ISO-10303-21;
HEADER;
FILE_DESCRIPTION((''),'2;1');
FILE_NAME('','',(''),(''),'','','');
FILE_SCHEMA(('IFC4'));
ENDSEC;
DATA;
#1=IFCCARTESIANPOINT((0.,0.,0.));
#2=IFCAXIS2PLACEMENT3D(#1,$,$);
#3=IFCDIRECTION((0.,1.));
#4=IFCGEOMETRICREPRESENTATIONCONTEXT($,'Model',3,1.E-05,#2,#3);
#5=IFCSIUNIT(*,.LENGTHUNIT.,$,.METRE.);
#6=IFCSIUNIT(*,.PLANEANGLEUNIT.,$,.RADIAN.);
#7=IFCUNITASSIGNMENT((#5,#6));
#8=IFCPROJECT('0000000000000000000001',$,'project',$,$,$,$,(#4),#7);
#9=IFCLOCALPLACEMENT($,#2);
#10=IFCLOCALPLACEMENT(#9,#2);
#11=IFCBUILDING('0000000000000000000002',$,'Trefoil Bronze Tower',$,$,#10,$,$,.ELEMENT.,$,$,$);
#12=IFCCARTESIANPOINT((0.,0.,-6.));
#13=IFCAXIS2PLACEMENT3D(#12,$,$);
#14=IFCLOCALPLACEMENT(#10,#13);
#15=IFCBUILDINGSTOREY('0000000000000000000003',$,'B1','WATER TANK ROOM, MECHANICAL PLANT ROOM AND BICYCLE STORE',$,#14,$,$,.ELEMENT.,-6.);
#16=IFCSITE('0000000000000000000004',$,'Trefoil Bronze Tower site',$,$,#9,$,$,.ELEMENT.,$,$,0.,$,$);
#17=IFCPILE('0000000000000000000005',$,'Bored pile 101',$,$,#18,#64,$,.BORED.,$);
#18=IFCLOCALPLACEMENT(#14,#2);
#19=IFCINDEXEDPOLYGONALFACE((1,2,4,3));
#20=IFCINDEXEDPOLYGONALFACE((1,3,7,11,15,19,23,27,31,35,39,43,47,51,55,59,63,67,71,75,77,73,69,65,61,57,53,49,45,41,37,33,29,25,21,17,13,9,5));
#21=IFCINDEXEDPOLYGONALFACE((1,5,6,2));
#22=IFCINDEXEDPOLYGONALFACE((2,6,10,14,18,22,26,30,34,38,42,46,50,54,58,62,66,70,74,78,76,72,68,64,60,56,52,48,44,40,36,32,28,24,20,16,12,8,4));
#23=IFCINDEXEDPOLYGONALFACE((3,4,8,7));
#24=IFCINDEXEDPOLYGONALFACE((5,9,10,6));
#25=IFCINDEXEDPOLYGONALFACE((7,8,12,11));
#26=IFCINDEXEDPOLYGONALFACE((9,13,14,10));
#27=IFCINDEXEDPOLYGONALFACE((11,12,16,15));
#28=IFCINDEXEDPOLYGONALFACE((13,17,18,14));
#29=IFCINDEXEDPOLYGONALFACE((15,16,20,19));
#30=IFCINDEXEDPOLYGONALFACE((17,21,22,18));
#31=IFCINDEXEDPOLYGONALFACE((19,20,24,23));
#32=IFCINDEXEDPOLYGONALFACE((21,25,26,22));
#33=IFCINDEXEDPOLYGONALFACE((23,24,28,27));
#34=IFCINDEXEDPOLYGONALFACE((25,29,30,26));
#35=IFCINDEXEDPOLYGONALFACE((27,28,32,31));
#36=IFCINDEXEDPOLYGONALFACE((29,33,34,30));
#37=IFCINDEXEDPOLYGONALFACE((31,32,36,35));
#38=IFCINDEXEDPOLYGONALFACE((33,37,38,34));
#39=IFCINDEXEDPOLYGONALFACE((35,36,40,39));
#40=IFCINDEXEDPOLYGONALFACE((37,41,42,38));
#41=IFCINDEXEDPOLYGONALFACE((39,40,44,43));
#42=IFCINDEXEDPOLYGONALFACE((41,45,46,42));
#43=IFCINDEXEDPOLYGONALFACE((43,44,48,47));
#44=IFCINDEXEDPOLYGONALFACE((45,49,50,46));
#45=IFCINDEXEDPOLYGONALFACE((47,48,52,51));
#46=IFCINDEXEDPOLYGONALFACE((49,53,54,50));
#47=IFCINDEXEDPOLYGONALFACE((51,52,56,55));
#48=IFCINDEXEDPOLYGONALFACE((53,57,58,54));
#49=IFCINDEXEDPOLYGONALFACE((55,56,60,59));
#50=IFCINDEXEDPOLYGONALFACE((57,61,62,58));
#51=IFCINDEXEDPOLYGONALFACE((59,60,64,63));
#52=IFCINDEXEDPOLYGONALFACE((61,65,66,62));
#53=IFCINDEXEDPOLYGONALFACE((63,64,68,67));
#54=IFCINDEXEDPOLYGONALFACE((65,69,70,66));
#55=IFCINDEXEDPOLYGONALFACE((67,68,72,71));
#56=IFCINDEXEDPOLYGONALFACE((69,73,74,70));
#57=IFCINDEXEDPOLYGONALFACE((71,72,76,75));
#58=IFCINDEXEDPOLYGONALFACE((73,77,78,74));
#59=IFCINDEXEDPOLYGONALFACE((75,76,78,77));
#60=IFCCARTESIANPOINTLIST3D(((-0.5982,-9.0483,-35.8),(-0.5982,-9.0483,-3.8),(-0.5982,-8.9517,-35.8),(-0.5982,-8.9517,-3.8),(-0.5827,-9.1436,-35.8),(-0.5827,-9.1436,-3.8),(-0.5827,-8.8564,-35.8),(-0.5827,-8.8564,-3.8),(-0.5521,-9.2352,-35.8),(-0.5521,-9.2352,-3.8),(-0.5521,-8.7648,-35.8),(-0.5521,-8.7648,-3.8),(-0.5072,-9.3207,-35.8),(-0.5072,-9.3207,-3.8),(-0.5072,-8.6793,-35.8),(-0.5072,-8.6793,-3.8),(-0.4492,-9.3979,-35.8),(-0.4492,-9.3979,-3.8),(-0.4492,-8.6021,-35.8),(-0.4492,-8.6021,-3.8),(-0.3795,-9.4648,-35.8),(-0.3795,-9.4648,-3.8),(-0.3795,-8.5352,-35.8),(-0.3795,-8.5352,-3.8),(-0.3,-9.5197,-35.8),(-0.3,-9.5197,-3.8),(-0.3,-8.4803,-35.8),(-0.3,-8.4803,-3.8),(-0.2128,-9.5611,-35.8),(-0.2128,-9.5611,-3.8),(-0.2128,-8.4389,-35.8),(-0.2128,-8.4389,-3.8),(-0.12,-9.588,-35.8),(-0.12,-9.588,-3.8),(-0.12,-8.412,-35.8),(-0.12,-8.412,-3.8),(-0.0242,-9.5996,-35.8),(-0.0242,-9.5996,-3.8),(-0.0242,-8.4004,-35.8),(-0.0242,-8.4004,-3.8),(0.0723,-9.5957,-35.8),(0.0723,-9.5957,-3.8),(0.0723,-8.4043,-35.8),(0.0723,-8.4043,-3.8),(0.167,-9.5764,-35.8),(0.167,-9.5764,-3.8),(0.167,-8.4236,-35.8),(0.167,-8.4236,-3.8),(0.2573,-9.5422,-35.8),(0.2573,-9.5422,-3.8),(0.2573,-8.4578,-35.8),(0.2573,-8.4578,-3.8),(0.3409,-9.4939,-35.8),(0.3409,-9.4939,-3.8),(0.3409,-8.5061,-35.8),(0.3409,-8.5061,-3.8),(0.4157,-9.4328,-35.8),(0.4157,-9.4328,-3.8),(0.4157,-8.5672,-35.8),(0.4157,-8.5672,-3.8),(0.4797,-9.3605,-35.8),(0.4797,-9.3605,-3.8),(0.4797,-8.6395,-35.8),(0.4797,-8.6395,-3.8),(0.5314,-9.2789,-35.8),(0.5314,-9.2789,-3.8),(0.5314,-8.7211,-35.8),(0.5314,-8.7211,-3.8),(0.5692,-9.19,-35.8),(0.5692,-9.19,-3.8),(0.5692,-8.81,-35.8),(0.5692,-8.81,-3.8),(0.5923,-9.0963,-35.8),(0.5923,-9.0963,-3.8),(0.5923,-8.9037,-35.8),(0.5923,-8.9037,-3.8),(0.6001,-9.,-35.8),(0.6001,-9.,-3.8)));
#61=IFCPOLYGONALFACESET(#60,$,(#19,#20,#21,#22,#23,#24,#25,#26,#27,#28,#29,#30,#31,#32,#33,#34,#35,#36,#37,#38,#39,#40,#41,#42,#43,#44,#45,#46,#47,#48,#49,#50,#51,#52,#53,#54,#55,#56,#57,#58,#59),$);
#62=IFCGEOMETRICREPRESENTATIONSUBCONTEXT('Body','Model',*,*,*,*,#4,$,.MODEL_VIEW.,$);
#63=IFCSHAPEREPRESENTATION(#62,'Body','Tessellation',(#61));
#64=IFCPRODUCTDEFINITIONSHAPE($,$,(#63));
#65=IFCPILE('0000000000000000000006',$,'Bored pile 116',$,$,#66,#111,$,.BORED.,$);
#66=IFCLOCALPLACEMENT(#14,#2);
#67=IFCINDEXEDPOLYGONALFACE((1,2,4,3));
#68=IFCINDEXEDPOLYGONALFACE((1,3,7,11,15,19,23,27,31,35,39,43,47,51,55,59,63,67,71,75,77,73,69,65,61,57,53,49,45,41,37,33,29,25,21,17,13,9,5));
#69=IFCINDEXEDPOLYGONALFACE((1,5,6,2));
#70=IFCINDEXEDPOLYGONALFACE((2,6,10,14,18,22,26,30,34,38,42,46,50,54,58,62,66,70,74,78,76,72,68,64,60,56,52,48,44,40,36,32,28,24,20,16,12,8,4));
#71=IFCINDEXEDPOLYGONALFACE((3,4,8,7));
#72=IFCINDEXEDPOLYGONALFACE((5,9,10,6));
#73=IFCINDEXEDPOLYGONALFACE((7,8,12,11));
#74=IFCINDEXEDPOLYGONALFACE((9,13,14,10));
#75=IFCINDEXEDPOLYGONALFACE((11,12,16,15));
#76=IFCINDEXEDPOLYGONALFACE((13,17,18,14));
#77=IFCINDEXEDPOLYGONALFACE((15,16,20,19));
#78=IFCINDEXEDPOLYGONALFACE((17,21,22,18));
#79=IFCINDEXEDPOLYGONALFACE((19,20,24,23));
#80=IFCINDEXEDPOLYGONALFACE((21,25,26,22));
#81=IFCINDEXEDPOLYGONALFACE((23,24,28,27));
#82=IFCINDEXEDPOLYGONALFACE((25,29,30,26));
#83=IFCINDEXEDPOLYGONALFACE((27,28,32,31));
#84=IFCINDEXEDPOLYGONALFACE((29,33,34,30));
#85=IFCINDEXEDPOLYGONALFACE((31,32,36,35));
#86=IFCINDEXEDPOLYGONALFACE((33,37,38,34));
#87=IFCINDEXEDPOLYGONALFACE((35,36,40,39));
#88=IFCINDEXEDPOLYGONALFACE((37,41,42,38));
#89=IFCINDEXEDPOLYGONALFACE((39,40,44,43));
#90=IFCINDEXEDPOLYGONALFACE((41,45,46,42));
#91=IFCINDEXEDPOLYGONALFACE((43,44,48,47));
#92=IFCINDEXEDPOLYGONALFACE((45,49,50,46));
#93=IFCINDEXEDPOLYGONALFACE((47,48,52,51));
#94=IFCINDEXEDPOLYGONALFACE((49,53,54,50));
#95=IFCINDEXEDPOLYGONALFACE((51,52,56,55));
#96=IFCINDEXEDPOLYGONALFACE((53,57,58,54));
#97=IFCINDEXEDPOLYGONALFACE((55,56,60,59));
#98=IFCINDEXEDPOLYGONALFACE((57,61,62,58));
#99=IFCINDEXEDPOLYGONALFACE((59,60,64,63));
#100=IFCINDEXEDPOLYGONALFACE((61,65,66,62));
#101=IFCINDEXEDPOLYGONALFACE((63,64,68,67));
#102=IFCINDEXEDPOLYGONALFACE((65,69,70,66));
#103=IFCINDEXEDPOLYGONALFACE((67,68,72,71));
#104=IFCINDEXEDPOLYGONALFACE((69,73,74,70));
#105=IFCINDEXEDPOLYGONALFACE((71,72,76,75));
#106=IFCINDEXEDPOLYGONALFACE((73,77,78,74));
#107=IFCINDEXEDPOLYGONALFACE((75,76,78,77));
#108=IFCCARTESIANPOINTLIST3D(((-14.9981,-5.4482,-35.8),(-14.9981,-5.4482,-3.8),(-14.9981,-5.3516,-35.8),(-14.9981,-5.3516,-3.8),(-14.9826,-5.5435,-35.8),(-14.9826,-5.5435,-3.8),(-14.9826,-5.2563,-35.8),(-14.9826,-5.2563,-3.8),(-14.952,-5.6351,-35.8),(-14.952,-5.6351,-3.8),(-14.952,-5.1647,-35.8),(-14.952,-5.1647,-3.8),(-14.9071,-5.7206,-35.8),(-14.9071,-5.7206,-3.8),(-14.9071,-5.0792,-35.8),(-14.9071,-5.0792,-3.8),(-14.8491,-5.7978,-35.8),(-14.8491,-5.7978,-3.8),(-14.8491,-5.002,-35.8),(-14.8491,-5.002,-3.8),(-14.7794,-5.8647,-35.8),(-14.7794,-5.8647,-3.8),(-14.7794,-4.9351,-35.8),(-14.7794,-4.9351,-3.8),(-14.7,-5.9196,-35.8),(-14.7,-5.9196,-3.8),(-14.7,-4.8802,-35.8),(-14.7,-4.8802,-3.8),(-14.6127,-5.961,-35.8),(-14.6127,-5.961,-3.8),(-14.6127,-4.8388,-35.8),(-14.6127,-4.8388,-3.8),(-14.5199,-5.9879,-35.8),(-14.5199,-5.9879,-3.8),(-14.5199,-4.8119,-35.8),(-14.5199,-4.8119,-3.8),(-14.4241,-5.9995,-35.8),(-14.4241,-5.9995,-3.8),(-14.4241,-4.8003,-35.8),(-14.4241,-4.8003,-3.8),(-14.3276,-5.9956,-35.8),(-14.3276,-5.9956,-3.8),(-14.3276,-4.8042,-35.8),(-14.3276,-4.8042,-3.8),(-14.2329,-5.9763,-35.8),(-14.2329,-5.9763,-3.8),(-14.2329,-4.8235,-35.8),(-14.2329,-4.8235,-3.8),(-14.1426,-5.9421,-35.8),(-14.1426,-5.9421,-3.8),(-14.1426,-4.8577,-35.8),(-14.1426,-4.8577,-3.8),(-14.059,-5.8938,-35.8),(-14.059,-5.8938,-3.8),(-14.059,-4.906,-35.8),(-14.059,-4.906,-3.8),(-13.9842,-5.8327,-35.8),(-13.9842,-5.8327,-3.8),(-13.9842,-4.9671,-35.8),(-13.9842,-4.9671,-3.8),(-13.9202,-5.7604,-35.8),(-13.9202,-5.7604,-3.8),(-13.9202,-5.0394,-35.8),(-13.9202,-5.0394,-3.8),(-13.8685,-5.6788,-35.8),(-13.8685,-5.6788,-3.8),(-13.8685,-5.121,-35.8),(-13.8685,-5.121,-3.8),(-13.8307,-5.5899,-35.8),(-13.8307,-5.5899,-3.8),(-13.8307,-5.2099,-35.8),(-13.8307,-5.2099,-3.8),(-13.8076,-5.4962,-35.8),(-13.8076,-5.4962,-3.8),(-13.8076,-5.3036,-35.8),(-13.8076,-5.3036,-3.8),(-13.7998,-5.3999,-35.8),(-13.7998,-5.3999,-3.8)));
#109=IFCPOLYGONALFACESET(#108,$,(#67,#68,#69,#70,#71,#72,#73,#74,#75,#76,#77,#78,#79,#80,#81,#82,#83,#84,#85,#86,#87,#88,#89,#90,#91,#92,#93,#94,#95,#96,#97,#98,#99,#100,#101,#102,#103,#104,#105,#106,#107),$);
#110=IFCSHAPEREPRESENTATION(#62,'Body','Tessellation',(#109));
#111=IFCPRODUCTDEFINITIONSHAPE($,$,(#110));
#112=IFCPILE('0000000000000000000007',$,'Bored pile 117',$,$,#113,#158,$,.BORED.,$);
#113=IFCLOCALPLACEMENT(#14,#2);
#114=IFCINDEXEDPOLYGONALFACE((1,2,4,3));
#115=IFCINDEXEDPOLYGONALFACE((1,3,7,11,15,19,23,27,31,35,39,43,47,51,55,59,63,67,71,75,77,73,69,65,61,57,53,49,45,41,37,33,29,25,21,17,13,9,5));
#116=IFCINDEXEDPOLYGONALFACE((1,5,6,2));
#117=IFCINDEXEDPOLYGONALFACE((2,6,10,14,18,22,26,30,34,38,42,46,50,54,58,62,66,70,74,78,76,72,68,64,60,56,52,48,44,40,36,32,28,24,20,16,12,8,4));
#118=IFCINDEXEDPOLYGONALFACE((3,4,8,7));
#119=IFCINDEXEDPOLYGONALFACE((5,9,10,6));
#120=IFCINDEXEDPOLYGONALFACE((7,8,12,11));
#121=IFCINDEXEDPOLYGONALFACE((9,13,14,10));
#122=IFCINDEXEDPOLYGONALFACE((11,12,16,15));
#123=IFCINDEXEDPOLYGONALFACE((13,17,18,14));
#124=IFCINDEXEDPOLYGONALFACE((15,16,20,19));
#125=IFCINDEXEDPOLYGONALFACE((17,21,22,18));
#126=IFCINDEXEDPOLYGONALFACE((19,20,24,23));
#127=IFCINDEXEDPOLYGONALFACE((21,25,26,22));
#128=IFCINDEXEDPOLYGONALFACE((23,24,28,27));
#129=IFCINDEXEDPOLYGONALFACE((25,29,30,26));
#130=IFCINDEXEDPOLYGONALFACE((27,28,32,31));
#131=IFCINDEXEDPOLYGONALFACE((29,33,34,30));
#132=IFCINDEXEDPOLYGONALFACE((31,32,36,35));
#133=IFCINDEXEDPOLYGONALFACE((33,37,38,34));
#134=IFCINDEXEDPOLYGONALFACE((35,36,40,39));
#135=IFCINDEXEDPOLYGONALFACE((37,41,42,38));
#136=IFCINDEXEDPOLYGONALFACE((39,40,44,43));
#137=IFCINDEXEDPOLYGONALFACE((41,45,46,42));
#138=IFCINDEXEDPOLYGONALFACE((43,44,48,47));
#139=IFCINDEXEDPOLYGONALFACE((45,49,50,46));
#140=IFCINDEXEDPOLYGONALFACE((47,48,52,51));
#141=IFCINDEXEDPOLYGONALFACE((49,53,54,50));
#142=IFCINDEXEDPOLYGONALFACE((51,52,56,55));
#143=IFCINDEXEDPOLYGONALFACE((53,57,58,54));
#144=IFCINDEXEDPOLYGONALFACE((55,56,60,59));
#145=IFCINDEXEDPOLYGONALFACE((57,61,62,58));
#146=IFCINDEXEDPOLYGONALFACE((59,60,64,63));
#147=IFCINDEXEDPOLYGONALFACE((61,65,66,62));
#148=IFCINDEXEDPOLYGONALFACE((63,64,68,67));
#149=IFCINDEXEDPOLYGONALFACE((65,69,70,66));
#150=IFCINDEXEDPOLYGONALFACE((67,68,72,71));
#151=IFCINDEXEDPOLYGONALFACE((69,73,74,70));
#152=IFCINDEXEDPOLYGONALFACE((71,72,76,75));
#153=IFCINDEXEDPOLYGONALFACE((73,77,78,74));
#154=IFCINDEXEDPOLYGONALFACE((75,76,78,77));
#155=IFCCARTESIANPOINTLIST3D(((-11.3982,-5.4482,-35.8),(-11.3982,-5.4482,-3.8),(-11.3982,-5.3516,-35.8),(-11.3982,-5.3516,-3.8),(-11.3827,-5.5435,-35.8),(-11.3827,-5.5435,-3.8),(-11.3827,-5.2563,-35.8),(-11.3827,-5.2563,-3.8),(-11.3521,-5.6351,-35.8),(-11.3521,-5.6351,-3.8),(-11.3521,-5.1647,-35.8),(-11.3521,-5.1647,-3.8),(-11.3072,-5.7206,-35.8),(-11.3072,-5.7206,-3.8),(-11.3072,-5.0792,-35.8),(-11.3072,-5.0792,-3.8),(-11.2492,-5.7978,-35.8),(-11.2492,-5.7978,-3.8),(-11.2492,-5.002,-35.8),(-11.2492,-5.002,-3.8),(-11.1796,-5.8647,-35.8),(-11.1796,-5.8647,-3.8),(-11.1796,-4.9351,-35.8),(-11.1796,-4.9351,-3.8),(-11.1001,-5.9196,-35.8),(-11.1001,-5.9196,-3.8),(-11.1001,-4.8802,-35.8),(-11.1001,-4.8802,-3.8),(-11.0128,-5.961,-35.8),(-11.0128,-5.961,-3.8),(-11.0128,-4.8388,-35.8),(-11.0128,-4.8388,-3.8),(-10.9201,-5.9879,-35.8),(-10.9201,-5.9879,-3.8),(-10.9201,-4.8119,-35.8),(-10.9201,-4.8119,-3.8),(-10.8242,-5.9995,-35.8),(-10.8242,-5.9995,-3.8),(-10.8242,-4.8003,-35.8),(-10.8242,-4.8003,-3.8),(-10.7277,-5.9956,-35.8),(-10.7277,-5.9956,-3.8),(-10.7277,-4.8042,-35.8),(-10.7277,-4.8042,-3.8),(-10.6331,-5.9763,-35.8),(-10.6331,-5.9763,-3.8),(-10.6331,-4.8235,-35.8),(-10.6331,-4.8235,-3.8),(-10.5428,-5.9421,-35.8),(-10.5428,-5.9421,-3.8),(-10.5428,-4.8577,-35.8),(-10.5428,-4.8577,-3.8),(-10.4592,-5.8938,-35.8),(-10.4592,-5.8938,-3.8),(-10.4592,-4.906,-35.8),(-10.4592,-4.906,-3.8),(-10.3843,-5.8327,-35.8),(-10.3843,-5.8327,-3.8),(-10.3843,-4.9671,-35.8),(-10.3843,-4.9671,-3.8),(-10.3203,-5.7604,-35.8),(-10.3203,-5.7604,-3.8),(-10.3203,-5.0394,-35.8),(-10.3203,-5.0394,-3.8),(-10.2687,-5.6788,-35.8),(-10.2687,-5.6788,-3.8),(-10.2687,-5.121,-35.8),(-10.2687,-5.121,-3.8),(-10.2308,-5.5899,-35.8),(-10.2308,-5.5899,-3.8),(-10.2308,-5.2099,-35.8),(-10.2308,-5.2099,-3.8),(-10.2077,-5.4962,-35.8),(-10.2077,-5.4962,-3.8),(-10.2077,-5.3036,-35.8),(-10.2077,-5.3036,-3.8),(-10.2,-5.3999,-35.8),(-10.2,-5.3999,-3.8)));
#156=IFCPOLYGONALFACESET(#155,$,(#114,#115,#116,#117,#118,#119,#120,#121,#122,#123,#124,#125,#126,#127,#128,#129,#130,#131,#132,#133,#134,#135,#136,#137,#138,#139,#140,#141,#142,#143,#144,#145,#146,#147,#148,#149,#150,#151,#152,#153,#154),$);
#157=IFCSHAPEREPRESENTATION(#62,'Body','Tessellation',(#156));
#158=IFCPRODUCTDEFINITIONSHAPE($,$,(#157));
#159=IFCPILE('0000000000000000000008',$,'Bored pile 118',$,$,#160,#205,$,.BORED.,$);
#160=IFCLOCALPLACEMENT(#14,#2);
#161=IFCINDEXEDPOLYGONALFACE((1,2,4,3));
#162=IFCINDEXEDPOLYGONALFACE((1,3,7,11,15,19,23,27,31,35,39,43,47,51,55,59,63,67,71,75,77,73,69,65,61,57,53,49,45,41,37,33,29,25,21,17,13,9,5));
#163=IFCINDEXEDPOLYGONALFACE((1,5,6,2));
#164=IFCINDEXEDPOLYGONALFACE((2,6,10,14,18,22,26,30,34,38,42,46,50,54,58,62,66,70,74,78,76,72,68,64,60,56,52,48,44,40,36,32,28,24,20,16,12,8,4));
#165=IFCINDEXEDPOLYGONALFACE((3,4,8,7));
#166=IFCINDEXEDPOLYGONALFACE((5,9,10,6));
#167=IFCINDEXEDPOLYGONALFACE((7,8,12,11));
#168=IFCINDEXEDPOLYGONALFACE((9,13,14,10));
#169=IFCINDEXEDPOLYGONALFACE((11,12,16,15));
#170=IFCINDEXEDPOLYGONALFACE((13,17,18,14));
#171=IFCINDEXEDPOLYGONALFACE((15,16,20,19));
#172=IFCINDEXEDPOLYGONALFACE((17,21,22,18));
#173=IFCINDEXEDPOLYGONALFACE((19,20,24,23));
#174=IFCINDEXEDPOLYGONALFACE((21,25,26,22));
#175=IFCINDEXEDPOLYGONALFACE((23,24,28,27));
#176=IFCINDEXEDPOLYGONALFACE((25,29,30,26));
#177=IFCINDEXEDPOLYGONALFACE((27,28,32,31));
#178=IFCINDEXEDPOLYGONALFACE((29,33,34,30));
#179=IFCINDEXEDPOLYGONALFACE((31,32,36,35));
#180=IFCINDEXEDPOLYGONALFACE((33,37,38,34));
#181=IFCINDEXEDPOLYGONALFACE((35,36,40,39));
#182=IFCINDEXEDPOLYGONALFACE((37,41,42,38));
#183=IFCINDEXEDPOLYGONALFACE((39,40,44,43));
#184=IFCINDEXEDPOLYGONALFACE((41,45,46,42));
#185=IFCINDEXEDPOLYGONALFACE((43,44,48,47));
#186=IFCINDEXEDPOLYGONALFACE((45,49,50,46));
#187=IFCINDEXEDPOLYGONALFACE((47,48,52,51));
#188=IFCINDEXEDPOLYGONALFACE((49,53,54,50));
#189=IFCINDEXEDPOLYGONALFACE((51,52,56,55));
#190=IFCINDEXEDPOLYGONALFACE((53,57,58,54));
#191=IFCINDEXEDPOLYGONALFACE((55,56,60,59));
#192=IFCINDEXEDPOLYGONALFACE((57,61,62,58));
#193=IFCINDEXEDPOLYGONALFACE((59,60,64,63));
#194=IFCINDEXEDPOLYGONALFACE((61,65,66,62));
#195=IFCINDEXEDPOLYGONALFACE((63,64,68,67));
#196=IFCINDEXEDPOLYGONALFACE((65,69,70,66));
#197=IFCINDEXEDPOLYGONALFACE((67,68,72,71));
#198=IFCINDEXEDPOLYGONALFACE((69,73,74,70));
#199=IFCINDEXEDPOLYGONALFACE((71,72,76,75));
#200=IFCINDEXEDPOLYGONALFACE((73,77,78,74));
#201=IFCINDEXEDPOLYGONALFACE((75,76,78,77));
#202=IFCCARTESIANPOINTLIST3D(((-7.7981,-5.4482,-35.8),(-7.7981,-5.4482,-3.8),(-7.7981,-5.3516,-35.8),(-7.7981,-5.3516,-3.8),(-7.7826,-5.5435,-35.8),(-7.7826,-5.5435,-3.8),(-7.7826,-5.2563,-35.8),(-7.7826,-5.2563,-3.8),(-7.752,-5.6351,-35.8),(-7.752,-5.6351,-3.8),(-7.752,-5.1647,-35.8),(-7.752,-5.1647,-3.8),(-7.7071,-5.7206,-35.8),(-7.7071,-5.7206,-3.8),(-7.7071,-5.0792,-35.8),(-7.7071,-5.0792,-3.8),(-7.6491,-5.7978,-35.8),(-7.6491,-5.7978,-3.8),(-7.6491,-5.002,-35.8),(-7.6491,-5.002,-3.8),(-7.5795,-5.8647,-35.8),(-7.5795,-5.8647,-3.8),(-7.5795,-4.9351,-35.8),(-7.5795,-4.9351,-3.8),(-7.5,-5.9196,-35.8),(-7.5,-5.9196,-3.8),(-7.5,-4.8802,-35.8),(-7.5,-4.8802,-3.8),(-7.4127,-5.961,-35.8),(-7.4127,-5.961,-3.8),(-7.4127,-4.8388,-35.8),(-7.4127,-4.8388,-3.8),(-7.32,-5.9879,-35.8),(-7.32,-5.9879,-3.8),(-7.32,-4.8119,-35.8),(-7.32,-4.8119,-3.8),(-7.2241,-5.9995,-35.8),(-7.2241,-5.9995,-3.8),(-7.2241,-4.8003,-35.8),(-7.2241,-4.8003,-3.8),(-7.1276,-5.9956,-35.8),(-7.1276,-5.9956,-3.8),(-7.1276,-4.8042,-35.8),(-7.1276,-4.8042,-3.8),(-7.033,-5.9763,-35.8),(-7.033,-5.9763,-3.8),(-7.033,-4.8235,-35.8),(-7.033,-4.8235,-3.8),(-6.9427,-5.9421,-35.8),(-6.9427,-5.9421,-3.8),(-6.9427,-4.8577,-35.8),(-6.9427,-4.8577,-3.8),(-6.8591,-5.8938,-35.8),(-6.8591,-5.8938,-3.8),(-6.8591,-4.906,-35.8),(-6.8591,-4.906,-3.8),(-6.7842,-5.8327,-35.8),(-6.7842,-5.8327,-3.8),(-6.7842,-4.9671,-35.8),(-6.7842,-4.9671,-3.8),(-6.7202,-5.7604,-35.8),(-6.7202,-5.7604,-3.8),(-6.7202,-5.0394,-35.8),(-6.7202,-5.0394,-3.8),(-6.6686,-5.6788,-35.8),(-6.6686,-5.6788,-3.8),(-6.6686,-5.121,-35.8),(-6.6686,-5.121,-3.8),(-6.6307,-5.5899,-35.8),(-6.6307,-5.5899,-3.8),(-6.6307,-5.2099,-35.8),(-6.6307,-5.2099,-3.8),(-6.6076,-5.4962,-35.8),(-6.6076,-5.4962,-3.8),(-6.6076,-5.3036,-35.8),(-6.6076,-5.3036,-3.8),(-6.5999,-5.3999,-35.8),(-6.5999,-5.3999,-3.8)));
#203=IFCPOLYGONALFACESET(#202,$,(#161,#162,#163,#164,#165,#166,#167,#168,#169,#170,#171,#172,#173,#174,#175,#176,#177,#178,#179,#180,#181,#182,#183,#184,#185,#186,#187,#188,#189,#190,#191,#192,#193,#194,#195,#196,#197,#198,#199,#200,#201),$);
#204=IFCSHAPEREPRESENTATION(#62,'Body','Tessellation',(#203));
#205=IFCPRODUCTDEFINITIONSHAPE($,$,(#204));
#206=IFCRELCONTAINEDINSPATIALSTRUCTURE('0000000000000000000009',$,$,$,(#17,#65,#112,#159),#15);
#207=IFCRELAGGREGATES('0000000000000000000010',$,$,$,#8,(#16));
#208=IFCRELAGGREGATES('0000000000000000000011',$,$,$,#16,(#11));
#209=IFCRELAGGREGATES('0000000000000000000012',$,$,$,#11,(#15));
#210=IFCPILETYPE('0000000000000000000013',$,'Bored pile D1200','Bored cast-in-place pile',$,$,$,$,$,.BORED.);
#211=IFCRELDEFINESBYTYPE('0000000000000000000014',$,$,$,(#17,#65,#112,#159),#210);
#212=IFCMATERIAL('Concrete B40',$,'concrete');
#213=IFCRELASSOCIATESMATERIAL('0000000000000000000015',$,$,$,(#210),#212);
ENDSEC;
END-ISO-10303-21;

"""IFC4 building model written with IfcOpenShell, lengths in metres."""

from ifc_helpers import new_model, si_unit, direction, frame, origin, origin_2d, place, context, subcontext, project, spatial, circle, extrude, material, type_object, element, save


model = new_model("IFC4")

# Units and contexts
model_context = context("Model", 3, precision=1e-05, world=origin(), true_north=direction((0.0, 1.0)))
body_context = subcontext(model_context, "Body", "Model", "MODEL_VIEW")
ifc_project = project(units=[si_unit("LENGTHUNIT", "METRE"), si_unit("PLANEANGLEUNIT", "RADIAN")], contexts=[model_context])

# Site, building, storey
site_placement = place(None, origin())
site = spatial("IfcSite", under=ifc_project, at=site_placement, Name="Trefoil Bronze Tower site", CompositionType="ELEMENT", RefElevation=0.0)
building_placement = place(site_placement, origin())
building = spatial("IfcBuilding", under=site, at=building_placement, Name="Trefoil Bronze Tower", CompositionType="ELEMENT")
storey_placement = place(building_placement, frame((0.0, 0.0, -6.0)))
storey = spatial("IfcBuildingStorey", under=building, at=storey_placement, Name="B1", Description="WATER TANK ROOM, MECHANICAL PLANT ROOM AND BICYCLE STORE", CompositionType="ELEMENT", Elevation=-6.0)

# Piles
ifc_material_1 = material(Name="Concrete B40", Category="concrete")
pile_type = type_object("IfcPileType", Name="Bored pile D1200", Description="Bored cast-in-place pile", PredefinedType="BORED", material=ifc_material_1)
for number, where, z_axis, x_axis, name in (
    (1, (0.0, -9.0, -3.8), (0.0, 0.0, -1.0), (1.0, 0.0, 0.0), "Bored pile 101"),
    (2, (-14.3999, -5.3999, -3.8), (0.0, 0.0, -1.0), (1.0, 0.0, 0.0), "Bored pile 116"),
    (3, (-10.8, -5.3999, -3.8), (0.0, 0.0, -1.0), (1.0, 0.0, 0.0), "Bored pile 117"),
    (4, (-7.2, -5.3999, -3.8), (0.0, 0.0, -1.0), (1.0, 0.0, 0.0), "Bored pile 118"),
):
    element("IfcPile", number, at=place(storey_placement, frame(where, z_axis=z_axis, x_axis=x_axis)), inside=storey, type_object=pile_type, Name=name, PredefinedType="BORED", context=body_context, shape_type="SweptSolid", body=[
        extrude(circle(Radius=0.6001, at=origin_2d()), origin(), (0.0, 0.0, 1.0), 32.0),
    ])

save(model, "model.ifc")
